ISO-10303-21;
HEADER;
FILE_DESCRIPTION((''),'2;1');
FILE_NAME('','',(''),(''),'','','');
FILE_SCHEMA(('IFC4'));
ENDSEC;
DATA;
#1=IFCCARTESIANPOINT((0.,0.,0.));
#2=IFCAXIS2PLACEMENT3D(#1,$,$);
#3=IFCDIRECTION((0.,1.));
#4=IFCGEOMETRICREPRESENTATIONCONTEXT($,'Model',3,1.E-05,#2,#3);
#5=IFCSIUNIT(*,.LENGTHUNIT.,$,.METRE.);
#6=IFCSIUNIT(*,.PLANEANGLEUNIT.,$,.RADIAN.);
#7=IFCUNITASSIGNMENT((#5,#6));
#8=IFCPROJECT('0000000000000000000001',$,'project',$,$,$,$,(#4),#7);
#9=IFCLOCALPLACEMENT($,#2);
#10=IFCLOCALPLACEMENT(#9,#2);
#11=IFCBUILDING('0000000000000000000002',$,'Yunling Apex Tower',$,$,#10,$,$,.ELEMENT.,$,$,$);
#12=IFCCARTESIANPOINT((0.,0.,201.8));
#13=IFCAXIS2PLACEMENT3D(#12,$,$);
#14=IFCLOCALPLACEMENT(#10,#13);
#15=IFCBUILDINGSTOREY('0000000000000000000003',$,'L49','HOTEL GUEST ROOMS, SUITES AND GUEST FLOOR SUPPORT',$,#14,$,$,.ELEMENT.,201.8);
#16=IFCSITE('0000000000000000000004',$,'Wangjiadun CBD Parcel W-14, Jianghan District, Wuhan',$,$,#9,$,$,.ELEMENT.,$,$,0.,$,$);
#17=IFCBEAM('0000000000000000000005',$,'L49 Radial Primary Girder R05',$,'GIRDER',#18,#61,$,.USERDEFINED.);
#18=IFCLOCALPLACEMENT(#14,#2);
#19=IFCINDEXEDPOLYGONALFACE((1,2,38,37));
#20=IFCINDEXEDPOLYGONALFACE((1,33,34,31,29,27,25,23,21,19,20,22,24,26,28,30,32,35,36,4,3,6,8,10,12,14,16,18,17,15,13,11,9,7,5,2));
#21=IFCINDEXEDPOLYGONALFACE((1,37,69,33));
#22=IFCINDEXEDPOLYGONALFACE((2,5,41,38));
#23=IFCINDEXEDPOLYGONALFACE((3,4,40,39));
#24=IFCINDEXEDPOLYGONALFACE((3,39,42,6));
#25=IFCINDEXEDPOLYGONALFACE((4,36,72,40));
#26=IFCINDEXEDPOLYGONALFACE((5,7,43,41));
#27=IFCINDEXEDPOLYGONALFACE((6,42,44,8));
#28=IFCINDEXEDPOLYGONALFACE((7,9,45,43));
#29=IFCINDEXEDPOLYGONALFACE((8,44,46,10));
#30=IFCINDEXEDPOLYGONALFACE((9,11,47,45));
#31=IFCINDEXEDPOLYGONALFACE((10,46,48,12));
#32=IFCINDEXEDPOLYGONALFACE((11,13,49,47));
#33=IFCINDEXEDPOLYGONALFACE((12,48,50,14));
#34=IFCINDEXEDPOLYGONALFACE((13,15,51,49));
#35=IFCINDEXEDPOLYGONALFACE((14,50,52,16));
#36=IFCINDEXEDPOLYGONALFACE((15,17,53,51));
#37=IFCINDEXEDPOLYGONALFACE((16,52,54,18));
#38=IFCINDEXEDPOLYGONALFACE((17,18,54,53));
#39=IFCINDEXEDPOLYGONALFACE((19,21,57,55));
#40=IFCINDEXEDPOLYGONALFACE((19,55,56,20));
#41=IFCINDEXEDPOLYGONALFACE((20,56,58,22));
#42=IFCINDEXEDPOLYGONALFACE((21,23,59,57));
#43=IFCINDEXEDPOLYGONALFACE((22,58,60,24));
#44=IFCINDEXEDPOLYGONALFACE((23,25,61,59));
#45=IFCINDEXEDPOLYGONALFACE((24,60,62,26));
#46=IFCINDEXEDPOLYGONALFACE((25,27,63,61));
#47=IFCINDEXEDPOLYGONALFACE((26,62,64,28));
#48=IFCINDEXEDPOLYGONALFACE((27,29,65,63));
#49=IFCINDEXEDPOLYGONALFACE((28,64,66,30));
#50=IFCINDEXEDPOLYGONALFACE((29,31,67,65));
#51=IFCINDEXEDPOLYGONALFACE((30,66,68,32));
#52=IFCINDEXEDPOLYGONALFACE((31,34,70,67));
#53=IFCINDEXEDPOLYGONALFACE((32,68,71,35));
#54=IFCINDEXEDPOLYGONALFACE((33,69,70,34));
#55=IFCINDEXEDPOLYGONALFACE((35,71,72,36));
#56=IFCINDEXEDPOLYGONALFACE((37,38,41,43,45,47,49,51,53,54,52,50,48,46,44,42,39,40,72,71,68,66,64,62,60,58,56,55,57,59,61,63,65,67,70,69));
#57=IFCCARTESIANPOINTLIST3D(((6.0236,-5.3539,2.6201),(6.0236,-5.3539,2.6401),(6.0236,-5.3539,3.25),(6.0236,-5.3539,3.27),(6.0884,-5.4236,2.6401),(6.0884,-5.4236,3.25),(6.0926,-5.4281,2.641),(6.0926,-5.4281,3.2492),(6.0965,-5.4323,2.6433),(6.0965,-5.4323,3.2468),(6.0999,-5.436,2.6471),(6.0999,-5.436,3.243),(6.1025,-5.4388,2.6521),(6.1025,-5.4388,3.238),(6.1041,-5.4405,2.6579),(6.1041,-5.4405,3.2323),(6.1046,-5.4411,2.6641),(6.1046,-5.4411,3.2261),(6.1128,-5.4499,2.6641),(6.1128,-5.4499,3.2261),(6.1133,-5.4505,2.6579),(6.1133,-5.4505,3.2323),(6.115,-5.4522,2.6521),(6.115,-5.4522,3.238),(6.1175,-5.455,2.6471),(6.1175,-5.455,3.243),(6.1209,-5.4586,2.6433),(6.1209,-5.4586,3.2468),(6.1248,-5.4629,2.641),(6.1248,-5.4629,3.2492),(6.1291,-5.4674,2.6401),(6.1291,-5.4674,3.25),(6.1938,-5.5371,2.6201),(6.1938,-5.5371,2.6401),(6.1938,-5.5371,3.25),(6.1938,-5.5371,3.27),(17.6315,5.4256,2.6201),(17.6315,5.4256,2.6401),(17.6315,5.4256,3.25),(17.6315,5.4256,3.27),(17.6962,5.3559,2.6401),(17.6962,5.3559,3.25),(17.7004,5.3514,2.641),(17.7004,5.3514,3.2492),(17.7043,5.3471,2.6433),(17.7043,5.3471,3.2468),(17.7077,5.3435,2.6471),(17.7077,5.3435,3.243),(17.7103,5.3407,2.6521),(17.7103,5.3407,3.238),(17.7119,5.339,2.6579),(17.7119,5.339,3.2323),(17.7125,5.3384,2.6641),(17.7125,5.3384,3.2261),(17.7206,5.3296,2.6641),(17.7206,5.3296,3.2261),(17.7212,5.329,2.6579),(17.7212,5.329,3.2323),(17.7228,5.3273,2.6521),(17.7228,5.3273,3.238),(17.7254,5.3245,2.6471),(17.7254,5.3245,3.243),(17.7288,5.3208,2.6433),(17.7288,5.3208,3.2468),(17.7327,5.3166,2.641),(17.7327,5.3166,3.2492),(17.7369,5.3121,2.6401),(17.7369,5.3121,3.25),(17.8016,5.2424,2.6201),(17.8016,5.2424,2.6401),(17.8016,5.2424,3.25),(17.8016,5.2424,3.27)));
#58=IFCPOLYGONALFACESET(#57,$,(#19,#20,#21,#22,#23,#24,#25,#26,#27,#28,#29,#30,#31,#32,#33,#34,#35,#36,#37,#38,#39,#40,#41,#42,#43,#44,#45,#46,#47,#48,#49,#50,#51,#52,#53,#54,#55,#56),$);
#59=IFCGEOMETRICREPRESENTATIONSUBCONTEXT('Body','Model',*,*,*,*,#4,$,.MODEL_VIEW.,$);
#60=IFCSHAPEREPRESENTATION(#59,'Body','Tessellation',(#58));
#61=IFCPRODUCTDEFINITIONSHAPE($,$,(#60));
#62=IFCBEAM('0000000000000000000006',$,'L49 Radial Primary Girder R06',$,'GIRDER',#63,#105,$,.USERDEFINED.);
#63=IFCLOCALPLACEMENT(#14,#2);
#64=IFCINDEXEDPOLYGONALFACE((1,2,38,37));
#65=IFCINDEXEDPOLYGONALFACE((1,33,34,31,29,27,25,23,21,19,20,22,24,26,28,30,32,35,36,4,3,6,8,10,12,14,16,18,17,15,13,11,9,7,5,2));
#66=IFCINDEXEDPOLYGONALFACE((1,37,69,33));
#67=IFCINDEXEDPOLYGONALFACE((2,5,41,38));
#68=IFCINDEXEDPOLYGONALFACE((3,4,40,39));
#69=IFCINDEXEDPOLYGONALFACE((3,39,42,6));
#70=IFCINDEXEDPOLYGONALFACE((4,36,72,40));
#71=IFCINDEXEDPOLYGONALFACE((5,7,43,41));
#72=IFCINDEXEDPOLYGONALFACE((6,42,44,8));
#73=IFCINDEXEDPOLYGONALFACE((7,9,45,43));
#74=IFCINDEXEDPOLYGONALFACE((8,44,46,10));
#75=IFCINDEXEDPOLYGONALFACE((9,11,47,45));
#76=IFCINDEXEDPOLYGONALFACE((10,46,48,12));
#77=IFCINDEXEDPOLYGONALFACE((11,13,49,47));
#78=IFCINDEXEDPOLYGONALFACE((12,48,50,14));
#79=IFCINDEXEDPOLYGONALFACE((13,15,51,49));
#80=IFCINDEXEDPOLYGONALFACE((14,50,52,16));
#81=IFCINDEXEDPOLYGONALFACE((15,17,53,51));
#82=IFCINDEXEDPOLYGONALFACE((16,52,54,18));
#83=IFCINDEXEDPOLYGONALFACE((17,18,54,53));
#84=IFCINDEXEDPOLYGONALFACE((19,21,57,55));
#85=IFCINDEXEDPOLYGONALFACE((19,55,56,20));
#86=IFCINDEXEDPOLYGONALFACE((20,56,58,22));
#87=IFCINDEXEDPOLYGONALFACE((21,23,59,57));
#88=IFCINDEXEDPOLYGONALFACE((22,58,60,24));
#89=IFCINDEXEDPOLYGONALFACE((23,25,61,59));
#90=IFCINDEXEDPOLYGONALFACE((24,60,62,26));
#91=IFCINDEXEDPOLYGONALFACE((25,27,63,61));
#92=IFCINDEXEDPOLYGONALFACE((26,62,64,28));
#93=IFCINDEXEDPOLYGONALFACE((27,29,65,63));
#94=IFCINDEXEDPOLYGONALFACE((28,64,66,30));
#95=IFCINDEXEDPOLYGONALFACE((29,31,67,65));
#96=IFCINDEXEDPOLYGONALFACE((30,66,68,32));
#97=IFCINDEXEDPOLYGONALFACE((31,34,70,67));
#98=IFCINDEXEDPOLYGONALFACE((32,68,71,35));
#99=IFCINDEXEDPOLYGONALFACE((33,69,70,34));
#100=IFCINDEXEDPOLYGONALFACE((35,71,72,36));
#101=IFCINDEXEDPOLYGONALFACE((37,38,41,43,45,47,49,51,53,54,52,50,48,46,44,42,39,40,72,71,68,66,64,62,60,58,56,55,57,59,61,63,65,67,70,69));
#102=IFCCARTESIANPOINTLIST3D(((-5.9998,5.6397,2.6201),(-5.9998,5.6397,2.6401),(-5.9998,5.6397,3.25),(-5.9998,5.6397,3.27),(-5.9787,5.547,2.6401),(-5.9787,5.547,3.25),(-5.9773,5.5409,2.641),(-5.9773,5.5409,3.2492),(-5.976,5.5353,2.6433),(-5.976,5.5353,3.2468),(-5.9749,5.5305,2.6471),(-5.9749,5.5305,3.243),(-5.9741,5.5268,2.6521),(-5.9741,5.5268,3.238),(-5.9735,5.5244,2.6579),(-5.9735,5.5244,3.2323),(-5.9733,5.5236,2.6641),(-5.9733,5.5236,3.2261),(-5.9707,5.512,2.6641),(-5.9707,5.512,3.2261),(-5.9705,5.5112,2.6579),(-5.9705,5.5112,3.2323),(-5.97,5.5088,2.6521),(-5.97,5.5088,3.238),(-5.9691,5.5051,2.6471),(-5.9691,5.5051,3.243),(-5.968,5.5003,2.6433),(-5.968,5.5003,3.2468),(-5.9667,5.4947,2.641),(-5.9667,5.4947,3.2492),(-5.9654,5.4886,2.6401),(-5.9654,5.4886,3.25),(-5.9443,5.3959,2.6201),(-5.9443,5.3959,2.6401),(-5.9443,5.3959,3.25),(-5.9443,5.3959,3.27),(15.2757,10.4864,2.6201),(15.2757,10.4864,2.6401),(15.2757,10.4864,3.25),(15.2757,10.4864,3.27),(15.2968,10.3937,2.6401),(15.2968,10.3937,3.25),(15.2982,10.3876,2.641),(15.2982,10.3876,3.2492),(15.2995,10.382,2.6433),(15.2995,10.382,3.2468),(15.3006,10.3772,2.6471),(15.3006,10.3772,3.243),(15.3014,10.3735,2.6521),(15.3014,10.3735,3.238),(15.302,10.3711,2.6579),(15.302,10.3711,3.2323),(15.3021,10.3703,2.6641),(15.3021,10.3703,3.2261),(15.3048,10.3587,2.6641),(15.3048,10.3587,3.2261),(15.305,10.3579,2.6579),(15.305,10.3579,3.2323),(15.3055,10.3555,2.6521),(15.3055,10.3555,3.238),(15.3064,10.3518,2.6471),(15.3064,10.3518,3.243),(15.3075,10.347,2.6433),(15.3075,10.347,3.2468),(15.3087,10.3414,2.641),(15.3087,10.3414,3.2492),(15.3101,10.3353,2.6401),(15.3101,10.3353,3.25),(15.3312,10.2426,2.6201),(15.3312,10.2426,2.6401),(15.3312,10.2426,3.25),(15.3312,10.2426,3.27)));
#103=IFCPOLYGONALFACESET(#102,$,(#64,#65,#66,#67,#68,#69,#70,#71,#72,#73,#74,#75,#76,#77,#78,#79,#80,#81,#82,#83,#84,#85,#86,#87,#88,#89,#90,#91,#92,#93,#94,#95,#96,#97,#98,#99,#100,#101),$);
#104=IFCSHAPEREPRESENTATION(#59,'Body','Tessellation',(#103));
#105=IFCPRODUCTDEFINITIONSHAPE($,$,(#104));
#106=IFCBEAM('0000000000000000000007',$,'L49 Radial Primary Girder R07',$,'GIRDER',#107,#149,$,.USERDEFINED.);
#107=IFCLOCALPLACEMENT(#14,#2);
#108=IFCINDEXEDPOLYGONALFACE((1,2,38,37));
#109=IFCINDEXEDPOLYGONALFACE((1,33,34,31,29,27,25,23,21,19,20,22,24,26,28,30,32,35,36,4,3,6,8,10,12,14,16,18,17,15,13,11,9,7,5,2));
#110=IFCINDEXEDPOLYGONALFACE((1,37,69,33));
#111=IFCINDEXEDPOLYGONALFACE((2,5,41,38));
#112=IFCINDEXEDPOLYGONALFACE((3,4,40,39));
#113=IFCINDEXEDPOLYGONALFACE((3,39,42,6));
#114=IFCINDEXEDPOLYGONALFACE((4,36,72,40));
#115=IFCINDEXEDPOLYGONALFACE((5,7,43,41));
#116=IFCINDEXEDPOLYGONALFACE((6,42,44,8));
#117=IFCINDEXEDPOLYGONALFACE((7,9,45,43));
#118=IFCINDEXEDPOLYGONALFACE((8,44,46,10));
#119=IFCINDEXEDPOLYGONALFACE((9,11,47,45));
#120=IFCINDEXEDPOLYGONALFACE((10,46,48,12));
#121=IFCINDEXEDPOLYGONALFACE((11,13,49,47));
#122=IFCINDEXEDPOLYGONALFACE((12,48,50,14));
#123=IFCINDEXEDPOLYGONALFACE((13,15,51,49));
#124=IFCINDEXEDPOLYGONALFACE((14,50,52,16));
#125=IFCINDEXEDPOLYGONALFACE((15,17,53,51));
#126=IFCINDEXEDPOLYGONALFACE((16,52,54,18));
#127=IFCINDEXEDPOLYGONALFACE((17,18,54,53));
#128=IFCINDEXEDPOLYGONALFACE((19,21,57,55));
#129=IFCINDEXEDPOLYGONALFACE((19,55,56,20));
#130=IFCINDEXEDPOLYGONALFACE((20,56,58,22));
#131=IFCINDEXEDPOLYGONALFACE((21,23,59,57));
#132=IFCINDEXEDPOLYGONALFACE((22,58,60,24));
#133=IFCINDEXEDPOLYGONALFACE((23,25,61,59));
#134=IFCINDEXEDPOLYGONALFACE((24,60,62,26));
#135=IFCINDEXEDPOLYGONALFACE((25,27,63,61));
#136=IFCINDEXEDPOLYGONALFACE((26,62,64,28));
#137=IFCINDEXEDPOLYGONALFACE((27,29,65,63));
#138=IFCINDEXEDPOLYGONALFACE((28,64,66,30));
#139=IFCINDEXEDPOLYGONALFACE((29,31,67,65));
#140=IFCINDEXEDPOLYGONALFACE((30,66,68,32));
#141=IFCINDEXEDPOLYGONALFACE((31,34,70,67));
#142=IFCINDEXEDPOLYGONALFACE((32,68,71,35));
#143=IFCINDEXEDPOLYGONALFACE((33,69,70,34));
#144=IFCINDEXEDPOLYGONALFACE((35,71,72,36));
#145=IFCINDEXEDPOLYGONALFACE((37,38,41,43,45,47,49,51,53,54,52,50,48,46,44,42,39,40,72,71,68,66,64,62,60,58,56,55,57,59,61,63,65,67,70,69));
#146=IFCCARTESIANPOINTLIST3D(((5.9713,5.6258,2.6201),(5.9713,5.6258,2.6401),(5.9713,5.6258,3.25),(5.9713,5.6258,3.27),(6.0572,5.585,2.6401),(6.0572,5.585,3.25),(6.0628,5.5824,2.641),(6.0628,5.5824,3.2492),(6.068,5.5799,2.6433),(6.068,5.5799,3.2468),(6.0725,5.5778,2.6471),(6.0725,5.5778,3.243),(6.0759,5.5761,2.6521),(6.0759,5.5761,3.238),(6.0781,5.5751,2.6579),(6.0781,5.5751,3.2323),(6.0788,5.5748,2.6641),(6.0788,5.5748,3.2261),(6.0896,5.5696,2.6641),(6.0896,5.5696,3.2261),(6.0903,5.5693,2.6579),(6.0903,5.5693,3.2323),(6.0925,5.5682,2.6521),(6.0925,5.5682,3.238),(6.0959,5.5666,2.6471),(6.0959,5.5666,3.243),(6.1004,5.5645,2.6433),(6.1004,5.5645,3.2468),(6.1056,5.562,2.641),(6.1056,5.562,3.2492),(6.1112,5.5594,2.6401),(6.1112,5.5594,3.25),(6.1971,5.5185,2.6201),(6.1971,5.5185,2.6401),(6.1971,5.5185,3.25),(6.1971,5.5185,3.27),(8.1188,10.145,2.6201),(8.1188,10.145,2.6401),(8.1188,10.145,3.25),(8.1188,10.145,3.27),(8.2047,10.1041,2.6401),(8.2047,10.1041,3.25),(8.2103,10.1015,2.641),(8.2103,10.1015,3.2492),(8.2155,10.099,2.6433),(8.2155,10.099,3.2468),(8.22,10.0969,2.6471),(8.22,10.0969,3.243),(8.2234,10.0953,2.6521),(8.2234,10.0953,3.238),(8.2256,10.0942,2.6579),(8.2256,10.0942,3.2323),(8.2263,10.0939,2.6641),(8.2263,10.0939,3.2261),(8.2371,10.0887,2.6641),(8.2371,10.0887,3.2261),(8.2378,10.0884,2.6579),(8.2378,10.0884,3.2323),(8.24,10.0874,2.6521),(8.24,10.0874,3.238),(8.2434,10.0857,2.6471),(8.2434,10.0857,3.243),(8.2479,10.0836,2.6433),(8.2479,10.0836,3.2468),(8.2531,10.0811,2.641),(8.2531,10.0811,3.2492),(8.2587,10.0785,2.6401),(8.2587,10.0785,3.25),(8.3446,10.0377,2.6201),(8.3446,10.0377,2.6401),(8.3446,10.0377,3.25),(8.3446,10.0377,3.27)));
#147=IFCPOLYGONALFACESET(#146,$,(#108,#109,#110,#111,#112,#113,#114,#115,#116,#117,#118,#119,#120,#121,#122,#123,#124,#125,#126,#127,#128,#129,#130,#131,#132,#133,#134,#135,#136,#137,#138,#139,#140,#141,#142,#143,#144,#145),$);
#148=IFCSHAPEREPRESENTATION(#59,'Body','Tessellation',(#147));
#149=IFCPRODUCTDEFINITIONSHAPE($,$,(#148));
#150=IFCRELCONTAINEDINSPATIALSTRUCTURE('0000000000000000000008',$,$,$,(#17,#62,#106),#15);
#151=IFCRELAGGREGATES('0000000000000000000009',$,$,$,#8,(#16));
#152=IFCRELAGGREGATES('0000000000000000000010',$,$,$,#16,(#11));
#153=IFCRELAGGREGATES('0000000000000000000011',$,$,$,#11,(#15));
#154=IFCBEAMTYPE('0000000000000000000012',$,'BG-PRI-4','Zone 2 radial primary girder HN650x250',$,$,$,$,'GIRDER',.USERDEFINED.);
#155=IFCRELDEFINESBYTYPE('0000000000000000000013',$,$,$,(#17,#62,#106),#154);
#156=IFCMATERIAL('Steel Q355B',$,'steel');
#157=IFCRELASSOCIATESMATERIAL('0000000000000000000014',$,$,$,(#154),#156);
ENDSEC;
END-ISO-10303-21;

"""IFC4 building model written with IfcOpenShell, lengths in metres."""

from ifc_helpers import new_model, si_unit, direction, frame, origin, origin_2d, place, context, subcontext, project, spatial, i_section, extrude, source, transform, mapped, material, material_profile, profile_set, type_object, element, save


model = new_model("IFC4")

# Units and contexts
model_context = context("Model", 3, precision=1e-05, world=origin(), true_north=direction((0.0, 1.0)))
body_context = subcontext(model_context, "Body", "Model", "MODEL_VIEW")
ifc_project = project(units=[si_unit("LENGTHUNIT", "METRE"), si_unit("PLANEANGLEUNIT", "RADIAN")], contexts=[model_context])

# Site, building, storey
site_placement = place(None, origin())
site = spatial("IfcSite", under=ifc_project, at=site_placement, Name="Wangjiadun CBD Parcel W-14, Jianghan District, Wuhan", CompositionType="ELEMENT", RefElevation=0.0)
building_placement = place(site_placement, origin())
building = spatial("IfcBuilding", under=site, at=building_placement, Name="Yunling Apex Tower", CompositionType="ELEMENT")
storey_placement = place(building_placement, frame((0.0, 0.0, 201.8)))
storey = spatial("IfcBuildingStorey", under=building, at=storey_placement, Name="L49", Description="HOTEL GUEST ROOMS, SUITES AND GUEST FLOOR SUPPORT", CompositionType="ELEMENT", Elevation=201.8)

# Beams
ifc_material_1 = material(Name="Steel Q355B", Category="steel")
ifc_material_profile_1 = material_profile(ifc_material_1, i_section(OverallWidth=0.25, OverallDepth=0.6499, WebThickness=0.012, FlangeThickness=0.02, FilletRadius=0.0239, at=origin_2d()))
ifc_profile_set_1 = profile_set([ifc_material_profile_1], Name="Steel Q355B")
beam_type_1 = type_object("IfcBeamType", Name="BG-PRI-4", Description="Zone 2 radial primary girder HN650x250", ElementType="GIRDER", PredefinedType="USERDEFINED", material=ifc_profile_set_1)
shared_shape_1 = source(origin(), body_context, "Body", "SweptSolid", [
    extrude(i_section(OverallWidth=0.25, OverallDepth=0.6499, WebThickness=0.012, FlangeThickness=0.02, FilletRadius=0.0239, at=origin_2d()), origin(), (0.0, 0.0, 1.0), 15.8411),
])
beam_1_placement = place(storey_placement, frame((17.7166, 5.334, 2.9451), z_axis=(-0.732769, -0.680477, 0.0), x_axis=(0.680477, -0.732769, 0.0)))
element("IfcBeam", 1, at=beam_1_placement, inside=storey, type_object=beam_type_1, Name="L49 Radial Primary Girder R05", ObjectType="GIRDER", PredefinedType="USERDEFINED", context=body_context, shape_type="MappedRepresentation", body=[
    mapped(shared_shape_1, transform((0.0, 0.0, 0.0), scale=1.0)),
])
shared_shape_2 = source(origin(), body_context, "Body", "SweptSolid", [
    extrude(i_section(OverallWidth=0.25, OverallDepth=0.6499, WebThickness=0.012, FlangeThickness=0.02, FilletRadius=0.0239, at=origin_2d()), origin(), (0.0, 0.0, 1.0), 21.8206),
])
beam_2_placement = place(storey_placement, frame((15.3035, 10.3645, 2.9451), z_axis=(-0.97502, -0.222116, 0.0), x_axis=(0.222116, -0.97502, 0.0)))
element("IfcBeam", 2, at=beam_2_placement, inside=storey, type_object=beam_type_1, Name="L49 Radial Primary Girder R06", ObjectType="GIRDER", PredefinedType="USERDEFINED", context=body_context, shape_type="MappedRepresentation", body=[
    mapped(shared_shape_2, transform((0.0, 0.0, 0.0), scale=1.0)),
])
shared_shape_3 = source(origin(), body_context, "Body", "SweptSolid", [
    extrude(i_section(OverallWidth=0.25, OverallDepth=0.6499, WebThickness=0.012, FlangeThickness=0.02, FilletRadius=0.0239, at=origin_2d()), origin(), (0.0, 0.0, 1.0), 5.0034),
])
beam_3_placement = place(storey_placement, frame((8.2317, 10.0913, 2.9451), z_axis=(-0.429206, -0.903207, 0.0), x_axis=(0.903207, -0.429206, 0.0)))
element("IfcBeam", 3, at=beam_3_placement, inside=storey, type_object=beam_type_1, Name="L49 Radial Primary Girder R07", ObjectType="GIRDER", PredefinedType="USERDEFINED", context=body_context, shape_type="MappedRepresentation", body=[
    mapped(shared_shape_3, transform((0.0, 0.0, 0.0), scale=1.0)),
])

save(model, "model.ifc")
